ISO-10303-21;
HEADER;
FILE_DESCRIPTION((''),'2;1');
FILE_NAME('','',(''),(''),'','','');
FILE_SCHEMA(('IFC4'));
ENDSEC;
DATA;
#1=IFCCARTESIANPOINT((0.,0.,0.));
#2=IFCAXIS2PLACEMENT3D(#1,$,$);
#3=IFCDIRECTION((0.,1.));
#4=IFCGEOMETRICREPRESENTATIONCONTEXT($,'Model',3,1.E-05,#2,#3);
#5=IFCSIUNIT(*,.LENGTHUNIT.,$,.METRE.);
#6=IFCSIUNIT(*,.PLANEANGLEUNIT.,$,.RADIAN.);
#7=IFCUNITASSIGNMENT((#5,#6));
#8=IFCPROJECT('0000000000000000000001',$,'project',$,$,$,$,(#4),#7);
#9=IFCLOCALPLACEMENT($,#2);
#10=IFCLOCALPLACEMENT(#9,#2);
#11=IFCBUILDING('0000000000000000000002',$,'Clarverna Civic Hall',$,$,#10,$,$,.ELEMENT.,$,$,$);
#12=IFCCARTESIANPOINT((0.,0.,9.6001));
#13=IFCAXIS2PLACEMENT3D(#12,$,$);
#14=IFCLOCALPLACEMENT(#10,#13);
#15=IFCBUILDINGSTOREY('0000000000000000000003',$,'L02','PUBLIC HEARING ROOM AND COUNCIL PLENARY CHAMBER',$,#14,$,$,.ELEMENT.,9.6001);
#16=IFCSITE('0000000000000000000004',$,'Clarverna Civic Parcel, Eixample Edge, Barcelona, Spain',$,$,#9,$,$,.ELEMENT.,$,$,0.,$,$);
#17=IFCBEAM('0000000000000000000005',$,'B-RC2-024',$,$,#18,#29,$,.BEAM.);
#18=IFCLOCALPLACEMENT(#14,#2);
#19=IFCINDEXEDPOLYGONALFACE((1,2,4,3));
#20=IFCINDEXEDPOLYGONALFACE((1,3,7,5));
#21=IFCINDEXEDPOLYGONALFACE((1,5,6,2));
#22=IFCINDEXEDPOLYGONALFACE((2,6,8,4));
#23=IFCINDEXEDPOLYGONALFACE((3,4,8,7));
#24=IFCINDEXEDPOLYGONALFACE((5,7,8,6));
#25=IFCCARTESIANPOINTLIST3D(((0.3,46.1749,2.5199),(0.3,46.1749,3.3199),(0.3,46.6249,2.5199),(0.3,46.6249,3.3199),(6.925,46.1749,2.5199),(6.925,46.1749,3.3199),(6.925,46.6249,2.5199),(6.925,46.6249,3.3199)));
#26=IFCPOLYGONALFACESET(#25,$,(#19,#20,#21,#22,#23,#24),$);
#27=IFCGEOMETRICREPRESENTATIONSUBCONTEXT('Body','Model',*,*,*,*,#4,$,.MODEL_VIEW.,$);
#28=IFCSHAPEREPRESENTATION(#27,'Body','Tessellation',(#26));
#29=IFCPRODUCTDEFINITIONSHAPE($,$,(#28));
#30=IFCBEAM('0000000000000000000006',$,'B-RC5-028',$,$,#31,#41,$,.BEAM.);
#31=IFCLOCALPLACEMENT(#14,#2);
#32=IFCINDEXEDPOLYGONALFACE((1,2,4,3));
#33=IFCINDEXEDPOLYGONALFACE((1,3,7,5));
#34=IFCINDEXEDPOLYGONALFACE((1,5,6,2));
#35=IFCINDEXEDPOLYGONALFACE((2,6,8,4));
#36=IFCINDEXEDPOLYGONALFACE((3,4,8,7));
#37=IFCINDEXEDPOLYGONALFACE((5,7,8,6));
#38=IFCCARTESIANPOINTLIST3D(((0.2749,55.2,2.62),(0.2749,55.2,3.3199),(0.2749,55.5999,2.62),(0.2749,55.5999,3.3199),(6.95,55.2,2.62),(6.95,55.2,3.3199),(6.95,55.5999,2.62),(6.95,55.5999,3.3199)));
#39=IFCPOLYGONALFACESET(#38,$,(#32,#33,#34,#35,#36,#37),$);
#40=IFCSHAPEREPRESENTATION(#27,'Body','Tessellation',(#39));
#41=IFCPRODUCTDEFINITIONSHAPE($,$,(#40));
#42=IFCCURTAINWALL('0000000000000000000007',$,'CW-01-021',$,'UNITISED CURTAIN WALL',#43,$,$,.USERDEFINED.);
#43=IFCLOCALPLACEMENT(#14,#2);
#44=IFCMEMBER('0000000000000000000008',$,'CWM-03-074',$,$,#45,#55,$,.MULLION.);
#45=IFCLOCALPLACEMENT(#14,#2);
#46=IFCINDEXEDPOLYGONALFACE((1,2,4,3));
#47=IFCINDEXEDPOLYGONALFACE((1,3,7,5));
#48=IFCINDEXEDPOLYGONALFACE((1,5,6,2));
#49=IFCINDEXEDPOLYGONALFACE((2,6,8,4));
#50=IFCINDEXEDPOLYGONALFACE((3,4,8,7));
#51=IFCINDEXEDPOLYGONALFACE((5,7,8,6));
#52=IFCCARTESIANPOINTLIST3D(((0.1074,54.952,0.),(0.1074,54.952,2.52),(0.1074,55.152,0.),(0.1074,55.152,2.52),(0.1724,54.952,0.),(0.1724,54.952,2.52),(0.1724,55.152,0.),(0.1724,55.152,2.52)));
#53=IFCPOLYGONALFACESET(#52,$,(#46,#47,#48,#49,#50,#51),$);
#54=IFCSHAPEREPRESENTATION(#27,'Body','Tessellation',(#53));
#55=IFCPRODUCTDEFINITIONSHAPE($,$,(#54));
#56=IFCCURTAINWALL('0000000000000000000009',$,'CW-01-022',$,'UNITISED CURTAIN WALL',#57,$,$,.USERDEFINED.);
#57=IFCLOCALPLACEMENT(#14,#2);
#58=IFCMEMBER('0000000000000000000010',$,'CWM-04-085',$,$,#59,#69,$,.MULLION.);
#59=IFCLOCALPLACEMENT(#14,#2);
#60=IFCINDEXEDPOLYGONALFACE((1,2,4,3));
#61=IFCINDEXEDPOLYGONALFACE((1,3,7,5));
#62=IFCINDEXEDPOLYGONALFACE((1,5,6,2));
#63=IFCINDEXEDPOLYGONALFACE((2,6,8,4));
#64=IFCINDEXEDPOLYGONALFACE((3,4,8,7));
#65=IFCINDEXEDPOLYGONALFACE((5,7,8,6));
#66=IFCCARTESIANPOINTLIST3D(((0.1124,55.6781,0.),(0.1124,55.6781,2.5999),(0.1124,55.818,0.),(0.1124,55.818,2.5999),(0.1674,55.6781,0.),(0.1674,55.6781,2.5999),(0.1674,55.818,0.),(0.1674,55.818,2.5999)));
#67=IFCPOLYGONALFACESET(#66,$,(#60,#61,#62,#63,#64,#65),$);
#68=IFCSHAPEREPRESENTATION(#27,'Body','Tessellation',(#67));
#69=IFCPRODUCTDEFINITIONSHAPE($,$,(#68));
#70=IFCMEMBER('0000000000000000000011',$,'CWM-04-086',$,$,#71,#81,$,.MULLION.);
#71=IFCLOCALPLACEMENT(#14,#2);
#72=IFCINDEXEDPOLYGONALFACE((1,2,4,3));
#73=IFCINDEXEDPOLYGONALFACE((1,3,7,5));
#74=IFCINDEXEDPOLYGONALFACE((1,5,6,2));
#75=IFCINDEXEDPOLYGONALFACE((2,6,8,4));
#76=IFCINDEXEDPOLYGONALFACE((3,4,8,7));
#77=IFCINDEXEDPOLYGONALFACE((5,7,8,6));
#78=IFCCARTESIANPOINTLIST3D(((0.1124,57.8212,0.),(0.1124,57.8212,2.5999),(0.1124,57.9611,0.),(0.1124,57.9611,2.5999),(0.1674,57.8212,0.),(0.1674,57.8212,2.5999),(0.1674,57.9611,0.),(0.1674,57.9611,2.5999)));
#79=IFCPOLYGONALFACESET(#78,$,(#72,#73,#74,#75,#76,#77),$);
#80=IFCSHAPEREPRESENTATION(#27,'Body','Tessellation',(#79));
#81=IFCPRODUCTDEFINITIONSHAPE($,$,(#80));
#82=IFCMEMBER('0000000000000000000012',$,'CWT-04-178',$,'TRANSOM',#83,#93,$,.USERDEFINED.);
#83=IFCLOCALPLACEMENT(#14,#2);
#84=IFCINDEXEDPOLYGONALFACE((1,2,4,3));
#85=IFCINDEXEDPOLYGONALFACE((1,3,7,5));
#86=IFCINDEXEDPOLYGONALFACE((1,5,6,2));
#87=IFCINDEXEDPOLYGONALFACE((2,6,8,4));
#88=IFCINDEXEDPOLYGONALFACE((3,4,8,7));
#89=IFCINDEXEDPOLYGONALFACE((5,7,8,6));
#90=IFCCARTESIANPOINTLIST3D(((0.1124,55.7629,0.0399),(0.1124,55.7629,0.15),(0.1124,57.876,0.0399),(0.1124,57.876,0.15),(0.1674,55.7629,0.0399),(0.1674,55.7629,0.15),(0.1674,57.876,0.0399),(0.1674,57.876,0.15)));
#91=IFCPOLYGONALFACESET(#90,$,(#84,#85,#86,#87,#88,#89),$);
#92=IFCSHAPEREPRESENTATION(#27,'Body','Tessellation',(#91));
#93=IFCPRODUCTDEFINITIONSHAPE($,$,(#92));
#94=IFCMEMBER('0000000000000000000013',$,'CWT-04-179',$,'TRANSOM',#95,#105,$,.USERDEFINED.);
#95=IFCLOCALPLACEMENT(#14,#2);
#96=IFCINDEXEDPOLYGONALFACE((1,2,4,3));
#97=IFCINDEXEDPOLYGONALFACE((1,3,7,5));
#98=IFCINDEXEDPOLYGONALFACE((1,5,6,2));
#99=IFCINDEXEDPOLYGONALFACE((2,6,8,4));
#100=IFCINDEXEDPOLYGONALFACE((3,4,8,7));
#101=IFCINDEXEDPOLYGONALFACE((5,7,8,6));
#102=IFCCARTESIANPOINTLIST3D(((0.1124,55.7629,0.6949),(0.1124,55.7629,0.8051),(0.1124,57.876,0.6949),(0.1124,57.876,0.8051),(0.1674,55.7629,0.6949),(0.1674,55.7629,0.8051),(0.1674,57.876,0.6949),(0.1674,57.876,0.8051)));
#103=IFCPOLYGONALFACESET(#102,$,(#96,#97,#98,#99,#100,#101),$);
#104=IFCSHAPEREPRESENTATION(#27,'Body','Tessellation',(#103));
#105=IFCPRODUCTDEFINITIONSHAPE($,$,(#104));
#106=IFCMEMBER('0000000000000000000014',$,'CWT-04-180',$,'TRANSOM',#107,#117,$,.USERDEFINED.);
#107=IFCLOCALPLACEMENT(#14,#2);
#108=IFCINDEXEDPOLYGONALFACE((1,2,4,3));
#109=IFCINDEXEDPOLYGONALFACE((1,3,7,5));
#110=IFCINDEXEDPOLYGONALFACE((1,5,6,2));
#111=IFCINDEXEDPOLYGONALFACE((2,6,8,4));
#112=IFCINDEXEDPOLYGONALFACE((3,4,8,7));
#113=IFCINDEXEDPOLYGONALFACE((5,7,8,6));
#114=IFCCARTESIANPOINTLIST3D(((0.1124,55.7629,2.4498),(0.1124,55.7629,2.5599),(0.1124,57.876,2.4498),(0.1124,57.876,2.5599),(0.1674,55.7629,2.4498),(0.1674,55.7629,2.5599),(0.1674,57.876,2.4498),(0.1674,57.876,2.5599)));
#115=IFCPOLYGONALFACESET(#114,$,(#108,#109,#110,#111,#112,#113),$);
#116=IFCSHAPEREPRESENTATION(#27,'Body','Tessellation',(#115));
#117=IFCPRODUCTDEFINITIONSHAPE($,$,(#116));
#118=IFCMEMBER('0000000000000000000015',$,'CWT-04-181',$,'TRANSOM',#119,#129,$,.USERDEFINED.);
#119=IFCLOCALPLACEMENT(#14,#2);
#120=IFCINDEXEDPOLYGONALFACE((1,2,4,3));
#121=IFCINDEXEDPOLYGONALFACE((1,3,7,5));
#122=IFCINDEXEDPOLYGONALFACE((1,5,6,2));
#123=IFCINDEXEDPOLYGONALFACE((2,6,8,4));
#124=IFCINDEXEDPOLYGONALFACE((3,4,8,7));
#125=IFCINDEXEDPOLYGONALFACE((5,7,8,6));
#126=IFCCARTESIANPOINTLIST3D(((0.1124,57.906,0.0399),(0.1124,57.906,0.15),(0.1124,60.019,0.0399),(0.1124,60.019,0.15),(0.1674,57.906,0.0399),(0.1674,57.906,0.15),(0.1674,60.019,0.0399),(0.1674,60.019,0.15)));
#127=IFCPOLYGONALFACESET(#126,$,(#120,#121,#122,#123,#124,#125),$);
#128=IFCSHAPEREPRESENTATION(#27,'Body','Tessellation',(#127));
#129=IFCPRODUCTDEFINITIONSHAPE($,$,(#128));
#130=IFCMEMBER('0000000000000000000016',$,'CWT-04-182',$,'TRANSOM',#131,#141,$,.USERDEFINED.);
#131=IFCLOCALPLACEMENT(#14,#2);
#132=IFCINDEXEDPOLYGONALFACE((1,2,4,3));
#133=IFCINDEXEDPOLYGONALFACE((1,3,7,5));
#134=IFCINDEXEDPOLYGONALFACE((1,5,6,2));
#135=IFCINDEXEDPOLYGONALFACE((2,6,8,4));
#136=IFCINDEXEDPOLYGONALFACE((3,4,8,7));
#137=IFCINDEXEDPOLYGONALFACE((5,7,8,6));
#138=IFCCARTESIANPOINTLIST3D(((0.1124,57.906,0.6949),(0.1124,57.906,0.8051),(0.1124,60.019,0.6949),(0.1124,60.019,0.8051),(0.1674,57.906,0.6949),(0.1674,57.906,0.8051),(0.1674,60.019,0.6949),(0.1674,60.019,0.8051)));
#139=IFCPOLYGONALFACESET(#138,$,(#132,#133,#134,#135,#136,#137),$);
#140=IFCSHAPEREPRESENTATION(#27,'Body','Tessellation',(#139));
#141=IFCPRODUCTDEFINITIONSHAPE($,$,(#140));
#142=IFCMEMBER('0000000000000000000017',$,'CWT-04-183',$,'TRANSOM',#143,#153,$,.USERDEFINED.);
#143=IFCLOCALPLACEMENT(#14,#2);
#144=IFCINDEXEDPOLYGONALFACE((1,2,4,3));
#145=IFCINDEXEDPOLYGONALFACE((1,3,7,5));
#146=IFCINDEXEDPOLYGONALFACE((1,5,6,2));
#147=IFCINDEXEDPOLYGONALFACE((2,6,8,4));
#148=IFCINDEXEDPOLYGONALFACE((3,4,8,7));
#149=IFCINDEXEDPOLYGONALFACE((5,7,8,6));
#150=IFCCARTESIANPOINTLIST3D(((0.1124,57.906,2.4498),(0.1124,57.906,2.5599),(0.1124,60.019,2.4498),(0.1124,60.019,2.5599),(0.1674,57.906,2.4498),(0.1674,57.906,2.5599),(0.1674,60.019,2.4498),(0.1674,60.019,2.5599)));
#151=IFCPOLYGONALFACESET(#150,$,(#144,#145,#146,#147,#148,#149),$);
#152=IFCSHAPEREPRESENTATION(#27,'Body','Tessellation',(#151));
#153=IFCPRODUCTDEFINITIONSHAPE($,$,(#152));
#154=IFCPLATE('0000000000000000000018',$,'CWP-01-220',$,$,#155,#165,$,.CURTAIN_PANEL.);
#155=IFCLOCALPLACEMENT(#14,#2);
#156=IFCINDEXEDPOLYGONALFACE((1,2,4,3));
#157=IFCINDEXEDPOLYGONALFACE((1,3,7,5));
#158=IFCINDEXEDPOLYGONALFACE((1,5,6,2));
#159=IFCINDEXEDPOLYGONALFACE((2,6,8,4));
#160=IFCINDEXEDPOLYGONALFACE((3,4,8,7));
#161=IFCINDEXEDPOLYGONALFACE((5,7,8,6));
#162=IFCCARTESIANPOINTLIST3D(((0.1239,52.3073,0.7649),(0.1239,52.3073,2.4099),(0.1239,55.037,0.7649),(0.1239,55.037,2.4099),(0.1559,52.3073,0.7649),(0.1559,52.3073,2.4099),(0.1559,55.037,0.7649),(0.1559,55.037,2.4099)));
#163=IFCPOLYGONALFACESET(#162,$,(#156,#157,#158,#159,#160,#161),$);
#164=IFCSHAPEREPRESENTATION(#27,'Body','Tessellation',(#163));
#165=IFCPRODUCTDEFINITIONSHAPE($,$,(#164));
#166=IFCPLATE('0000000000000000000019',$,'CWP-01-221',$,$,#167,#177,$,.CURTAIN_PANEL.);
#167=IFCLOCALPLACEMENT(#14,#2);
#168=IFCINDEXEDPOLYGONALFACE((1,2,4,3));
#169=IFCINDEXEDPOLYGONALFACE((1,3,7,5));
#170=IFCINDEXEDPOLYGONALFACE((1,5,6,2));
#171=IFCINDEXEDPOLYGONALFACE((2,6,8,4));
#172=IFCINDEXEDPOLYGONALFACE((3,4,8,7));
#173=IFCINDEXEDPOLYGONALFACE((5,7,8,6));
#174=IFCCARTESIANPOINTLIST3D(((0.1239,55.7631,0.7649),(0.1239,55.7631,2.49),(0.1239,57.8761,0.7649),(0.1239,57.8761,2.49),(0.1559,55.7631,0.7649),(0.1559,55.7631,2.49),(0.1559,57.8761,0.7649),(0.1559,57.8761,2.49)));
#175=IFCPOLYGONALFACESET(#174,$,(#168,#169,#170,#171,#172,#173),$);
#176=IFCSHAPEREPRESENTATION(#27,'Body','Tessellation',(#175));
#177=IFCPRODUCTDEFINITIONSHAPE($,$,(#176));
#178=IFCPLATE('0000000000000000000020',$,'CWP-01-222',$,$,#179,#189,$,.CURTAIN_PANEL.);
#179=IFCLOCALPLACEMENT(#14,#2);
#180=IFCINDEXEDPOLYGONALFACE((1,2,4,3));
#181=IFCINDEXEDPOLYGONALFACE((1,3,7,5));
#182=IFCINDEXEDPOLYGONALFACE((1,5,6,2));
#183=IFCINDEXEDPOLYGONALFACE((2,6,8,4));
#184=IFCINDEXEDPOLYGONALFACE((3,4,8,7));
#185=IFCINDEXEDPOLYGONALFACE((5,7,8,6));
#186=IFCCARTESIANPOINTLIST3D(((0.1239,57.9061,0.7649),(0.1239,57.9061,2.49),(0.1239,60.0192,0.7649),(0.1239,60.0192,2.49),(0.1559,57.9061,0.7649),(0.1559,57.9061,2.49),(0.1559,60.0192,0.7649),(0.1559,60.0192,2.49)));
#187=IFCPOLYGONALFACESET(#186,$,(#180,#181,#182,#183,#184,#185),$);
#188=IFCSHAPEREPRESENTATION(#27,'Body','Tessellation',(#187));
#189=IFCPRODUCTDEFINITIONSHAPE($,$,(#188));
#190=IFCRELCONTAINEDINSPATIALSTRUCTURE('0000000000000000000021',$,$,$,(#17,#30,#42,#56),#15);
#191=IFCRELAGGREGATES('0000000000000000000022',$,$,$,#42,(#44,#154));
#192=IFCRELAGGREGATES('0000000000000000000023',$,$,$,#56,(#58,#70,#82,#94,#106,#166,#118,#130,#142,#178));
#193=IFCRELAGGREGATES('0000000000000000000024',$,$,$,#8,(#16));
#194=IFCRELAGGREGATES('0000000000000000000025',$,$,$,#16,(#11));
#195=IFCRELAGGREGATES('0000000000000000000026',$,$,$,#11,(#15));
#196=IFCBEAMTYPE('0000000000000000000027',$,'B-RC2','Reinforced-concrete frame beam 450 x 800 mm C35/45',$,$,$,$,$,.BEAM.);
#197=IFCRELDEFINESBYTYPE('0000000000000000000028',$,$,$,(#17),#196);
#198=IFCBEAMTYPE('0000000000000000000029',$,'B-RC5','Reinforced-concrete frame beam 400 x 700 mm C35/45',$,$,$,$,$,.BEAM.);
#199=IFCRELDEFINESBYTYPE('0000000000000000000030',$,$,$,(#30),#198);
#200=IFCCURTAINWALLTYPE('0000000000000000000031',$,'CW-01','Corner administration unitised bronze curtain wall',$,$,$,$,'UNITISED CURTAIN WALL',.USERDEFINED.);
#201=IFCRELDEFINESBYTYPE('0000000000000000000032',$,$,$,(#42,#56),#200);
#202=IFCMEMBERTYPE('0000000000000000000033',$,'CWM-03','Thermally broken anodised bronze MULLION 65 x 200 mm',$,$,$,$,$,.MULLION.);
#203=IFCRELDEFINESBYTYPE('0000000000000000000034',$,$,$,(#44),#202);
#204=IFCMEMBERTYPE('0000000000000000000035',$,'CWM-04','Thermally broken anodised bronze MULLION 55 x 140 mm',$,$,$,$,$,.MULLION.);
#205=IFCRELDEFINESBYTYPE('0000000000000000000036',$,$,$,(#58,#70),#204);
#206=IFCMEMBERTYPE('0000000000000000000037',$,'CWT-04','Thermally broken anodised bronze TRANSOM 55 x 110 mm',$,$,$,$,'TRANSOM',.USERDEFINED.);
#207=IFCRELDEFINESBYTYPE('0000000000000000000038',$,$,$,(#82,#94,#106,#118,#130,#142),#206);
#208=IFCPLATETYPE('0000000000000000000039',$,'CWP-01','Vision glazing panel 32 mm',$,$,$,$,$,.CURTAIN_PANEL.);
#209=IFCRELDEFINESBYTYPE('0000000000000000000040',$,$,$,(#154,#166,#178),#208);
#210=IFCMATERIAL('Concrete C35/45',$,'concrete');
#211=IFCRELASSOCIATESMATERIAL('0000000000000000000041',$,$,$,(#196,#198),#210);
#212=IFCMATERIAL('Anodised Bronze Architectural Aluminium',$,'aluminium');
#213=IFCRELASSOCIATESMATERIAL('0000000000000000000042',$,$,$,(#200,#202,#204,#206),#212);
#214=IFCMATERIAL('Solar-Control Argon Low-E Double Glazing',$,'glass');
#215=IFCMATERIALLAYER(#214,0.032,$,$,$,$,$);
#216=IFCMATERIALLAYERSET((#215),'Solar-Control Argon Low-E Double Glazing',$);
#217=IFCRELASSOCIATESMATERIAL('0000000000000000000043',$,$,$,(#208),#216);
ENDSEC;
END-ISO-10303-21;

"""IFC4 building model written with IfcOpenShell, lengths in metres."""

from ifc_helpers import new_model, si_unit, direction, frame, frame_2d, origin, origin_2d, place, context, subcontext, project, spatial, rectangle, extrude, material, layer, layer_set, material_profile, profile_set, type_object, element, aggregate, save


model = new_model("IFC4")

# Units and contexts
model_context = context("Model", 3, precision=1e-05, world=origin(), true_north=direction((0.0, 1.0)))
body_context = subcontext(model_context, "Body", "Model", "MODEL_VIEW")
ifc_project = project(units=[si_unit("LENGTHUNIT", "METRE"), si_unit("PLANEANGLEUNIT", "RADIAN")], contexts=[model_context])

# Site, building, storey
site_placement = place(None, origin())
site = spatial("IfcSite", under=ifc_project, at=site_placement, Name="Clarverna Civic Parcel, Eixample Edge, Barcelona, Spain", CompositionType="ELEMENT", RefElevation=0.0)
building_placement = place(site_placement, origin())
building = spatial("IfcBuilding", under=site, at=building_placement, Name="Clarverna Civic Hall", CompositionType="ELEMENT")
storey_placement = place(building_placement, frame((0.0, 0.0, 9.6001)))
storey = spatial("IfcBuildingStorey", under=building, at=storey_placement, Name="L02", Description="PUBLIC HEARING ROOM AND COUNCIL PLENARY CHAMBER", CompositionType="ELEMENT", Elevation=9.6001)

# Beams
ifc_material_1 = material(Name="Concrete C35/45", Category="concrete")
ifc_material_profile_1 = material_profile(ifc_material_1, rectangle(XDim=0.45, YDim=0.8, at=origin_2d()), Name="RC 450x800")
ifc_profile_set_1 = profile_set([ifc_material_profile_1], Name="Concrete C35/45")
beam_type_1 = type_object("IfcBeamType", Name="B-RC2", Description="Reinforced-concrete frame beam 450 x 800 mm C35/45", PredefinedType="BEAM", material=ifc_profile_set_1)
beam_1_placement = place(storey_placement, frame((0.3, 46.3999, 2.9199), z_axis=(1.0, 0.0, 0.0), x_axis=(0.0, 1.0, 0.0)))
element("IfcBeam", 1, at=beam_1_placement, inside=storey, type_object=beam_type_1, Name="B-RC2-024", PredefinedType="BEAM", context=body_context, shape_type="SweptSolid", body=[
    extrude(rectangle(XDim=0.45, YDim=0.8, at=origin_2d()), origin(), (0.0, 0.0, 1.0), 6.625),
])
ifc_material_profile_2 = material_profile(ifc_material_1, rectangle(XDim=0.3999, YDim=0.7, at=origin_2d()), Name="RC 400x700")
ifc_profile_set_2 = profile_set([ifc_material_profile_2], Name="Concrete C35/45")
beam_type_2 = type_object("IfcBeamType", Name="B-RC5", Description="Reinforced-concrete frame beam 400 x 700 mm C35/45", PredefinedType="BEAM", material=ifc_profile_set_2)
beam_2_placement = place(storey_placement, frame((0.2749, 55.3999, 2.97), z_axis=(1.0, 0.0, 0.0), x_axis=(0.0, 1.0, 0.0)))
element("IfcBeam", 2, at=beam_2_placement, inside=storey, type_object=beam_type_2, Name="B-RC5-028", PredefinedType="BEAM", context=body_context, shape_type="SweptSolid", body=[
    extrude(rectangle(XDim=0.3999, YDim=0.7, at=origin_2d()), origin(), (0.0, 0.0, 1.0), 6.675),
])

# Curtain wall, member
ifc_material_2 = material(Name="Anodised Bronze Architectural Aluminium", Category="aluminium")
curtain_wall_type = type_object("IfcCurtainWallType", Name="CW-01", Description="Corner administration unitised bronze curtain wall", ElementType="UNITISED CURTAIN WALL", PredefinedType="USERDEFINED", material=ifc_material_2)
curtain_wall_1_placement = place(storey_placement, origin())
curtain_wall_1 = element("IfcCurtainWall", 3, at=curtain_wall_1_placement, inside=storey, type_object=curtain_wall_type, Name="CW-01-021", ObjectType="UNITISED CURTAIN WALL", PredefinedType="USERDEFINED")
ifc_material_profile_3 = material_profile(ifc_material_2, rectangle(XDim=0.0649, YDim=0.2, at=origin_2d()), Name="BRONZE 65x200")
ifc_profile_set_3 = profile_set([ifc_material_profile_3], Name="Anodised Bronze Architectural Aluminium")
member_type_1 = type_object("IfcMemberType", Name="CWM-03", Description="Thermally broken anodised bronze MULLION 65 x 200 mm", PredefinedType="MULLION", material=ifc_profile_set_3)
member_1_placement = place(storey_placement, frame((0.1399, 55.052, 0.0), z_axis=(0.0, 0.0, 1.0), x_axis=(1.0, 0.0, 0.0)))
member_1 = element("IfcMember", 4, at=member_1_placement, type_object=member_type_1, Name="CWM-03-074", PredefinedType="MULLION", context=body_context, shape_type="SweptSolid", body=[
    extrude(rectangle(XDim=0.0649, YDim=0.2, at=origin_2d()), origin(), (0.0, 0.0, 1.0), 2.52),
])

# Curtain wall, members
curtain_wall_2_placement = place(storey_placement, origin())
curtain_wall_2 = element("IfcCurtainWall", 5, at=curtain_wall_2_placement, inside=storey, type_object=curtain_wall_type, Name="CW-01-022", ObjectType="UNITISED CURTAIN WALL", PredefinedType="USERDEFINED")
ifc_material_profile_4 = material_profile(ifc_material_2, rectangle(XDim=0.0549, YDim=0.1399, at=origin_2d()), Name="BRONZE 55x140")
ifc_profile_set_4 = profile_set([ifc_material_profile_4], Name="Anodised Bronze Architectural Aluminium")
member_type_2 = type_object("IfcMemberType", Name="CWM-04", Description="Thermally broken anodised bronze MULLION 55 x 140 mm", PredefinedType="MULLION", material=ifc_profile_set_4)
member_2_placement = place(storey_placement, frame((0.1399, 55.748, 0.0), z_axis=(0.0, 0.0, 1.0), x_axis=(1.0, 0.0, 0.0)))
member_2 = element("IfcMember", 6, at=member_2_placement, type_object=member_type_2, Name="CWM-04-085", PredefinedType="MULLION", context=body_context, shape_type="SweptSolid", body=[
    extrude(rectangle(XDim=0.0549, YDim=0.1399, at=origin_2d()), origin(), (0.0, 0.0, 1.0), 2.5999),
])
member_3_placement = place(storey_placement, frame((0.1399, 57.8911, 0.0), z_axis=(0.0, 0.0, 1.0), x_axis=(1.0, 0.0, 0.0)))
member_3 = element("IfcMember", 7, at=member_3_placement, type_object=member_type_2, Name="CWM-04-086", PredefinedType="MULLION", context=body_context, shape_type="SweptSolid", body=[
    extrude(rectangle(XDim=0.0549, YDim=0.1399, at=origin_2d()), origin(), (0.0, 0.0, 1.0), 2.5999),
])
ifc_material_profile_5 = material_profile(ifc_material_2, rectangle(XDim=0.0549, YDim=0.1101, at=origin_2d()), Name="BRONZE 55x110")
ifc_profile_set_5 = profile_set([ifc_material_profile_5], Name="Anodised Bronze Architectural Aluminium")
member_type_3 = type_object("IfcMemberType", Name="CWT-04", Description="Thermally broken anodised bronze TRANSOM 55 x 110 mm", ElementType="TRANSOM", PredefinedType="USERDEFINED", material=ifc_profile_set_5)
member_4_placement = place(storey_placement, frame((0.1399, 55.7629, 0.095), z_axis=(0.0, 1.0, 0.0), x_axis=(-1.0, 0.0, 0.0)))
member_4 = element("IfcMember", 8, at=member_4_placement, type_object=member_type_3, Name="CWT-04-178", ObjectType="TRANSOM", PredefinedType="USERDEFINED", context=body_context, shape_type="SweptSolid", body=[
    extrude(rectangle(XDim=0.0549, YDim=0.1101, at=origin_2d()), origin(), (0.0, 0.0, 1.0), 2.113),
])
member_5_placement = place(storey_placement, frame((0.1399, 55.7629, 0.75), z_axis=(0.0, 1.0, 0.0), x_axis=(-1.0, 0.0, 0.0)))
member_5 = element("IfcMember", 9, at=member_5_placement, type_object=member_type_3, Name="CWT-04-179", ObjectType="TRANSOM", PredefinedType="USERDEFINED", context=body_context, shape_type="SweptSolid", body=[
    extrude(rectangle(XDim=0.0549, YDim=0.1101, at=origin_2d()), origin(), (0.0, 0.0, 1.0), 2.113),
])
member_6_placement = place(storey_placement, frame((0.1399, 55.7629, 2.5049), z_axis=(0.0, 1.0, 0.0), x_axis=(-1.0, 0.0, 0.0)))
member_6 = element("IfcMember", 10, at=member_6_placement, type_object=member_type_3, Name="CWT-04-180", ObjectType="TRANSOM", PredefinedType="USERDEFINED", context=body_context, shape_type="SweptSolid", body=[
    extrude(rectangle(XDim=0.0549, YDim=0.1101, at=origin_2d()), origin(), (0.0, 0.0, 1.0), 2.113),
])
member_7_placement = place(storey_placement, frame((0.1399, 57.906, 0.095), z_axis=(0.0, 1.0, 0.0), x_axis=(-1.0, 0.0, 0.0)))
member_7 = element("IfcMember", 11, at=member_7_placement, type_object=member_type_3, Name="CWT-04-181", ObjectType="TRANSOM", PredefinedType="USERDEFINED", context=body_context, shape_type="SweptSolid", body=[
    extrude(rectangle(XDim=0.0549, YDim=0.1101, at=origin_2d()), origin(), (0.0, 0.0, 1.0), 2.113),
])
member_8_placement = place(storey_placement, frame((0.1399, 57.906, 0.75), z_axis=(0.0, 1.0, 0.0), x_axis=(-1.0, 0.0, 0.0)))
member_8 = element("IfcMember", 12, at=member_8_placement, type_object=member_type_3, Name="CWT-04-182", ObjectType="TRANSOM", PredefinedType="USERDEFINED", context=body_context, shape_type="SweptSolid", body=[
    extrude(rectangle(XDim=0.0549, YDim=0.1101, at=origin_2d()), origin(), (0.0, 0.0, 1.0), 2.113),
])
member_9_placement = place(storey_placement, frame((0.1399, 57.906, 2.5049), z_axis=(0.0, 1.0, 0.0), x_axis=(-1.0, 0.0, 0.0)))
member_9 = element("IfcMember", 13, at=member_9_placement, type_object=member_type_3, Name="CWT-04-183", ObjectType="TRANSOM", PredefinedType="USERDEFINED", context=body_context, shape_type="SweptSolid", body=[
    extrude(rectangle(XDim=0.0549, YDim=0.1101, at=origin_2d()), origin(), (0.0, 0.0, 1.0), 2.113),
])

# Plates
ifc_material_3 = material(Name="Solar-Control Argon Low-E Double Glazing", Category="glass")
ifc_layer_1 = layer(ifc_material_3, 0.032)
ifc_layer_set_1 = layer_set([ifc_layer_1], Name="Solar-Control Argon Low-E Double Glazing")
plate_type_1 = type_object("IfcPlateType", Name="CWP-01", Description="Vision glazing panel 32 mm", PredefinedType="CURTAIN_PANEL", material=ifc_layer_set_1)
plate_1_placement = place(storey_placement, frame((0.1399, 52.3074, 0.7649), z_axis=(0.0, 0.0, 1.0), x_axis=(0.0, 1.0, 0.0)))
plate_1 = element("IfcPlate", 14, at=plate_1_placement, type_object=plate_type_1, Name="CWP-01-220", PredefinedType="CURTAIN_PANEL", context=body_context, shape_type="SweptSolid", body=[
    extrude(rectangle(XDim=2.7297, YDim=0.032, at=frame_2d((1.3647, 0.0))), origin(), (0.0, 0.0, 1.0), 1.645),
])
plate_2_placement = place(storey_placement, frame((0.1399, 55.7629, 0.7649), z_axis=(0.0, 0.0, 1.0), x_axis=(0.0, 1.0, 0.0)))
plate_2 = element("IfcPlate", 15, at=plate_2_placement, type_object=plate_type_1, Name="CWP-01-221", PredefinedType="CURTAIN_PANEL", context=body_context, shape_type="SweptSolid", body=[
    extrude(rectangle(XDim=2.113, YDim=0.032, at=frame_2d((1.0566, 0.0))), origin(), (0.0, 0.0, 1.0), 1.7251),
])
plate_3_placement = place(storey_placement, frame((0.1399, 57.906, 0.7649), z_axis=(0.0, 0.0, 1.0), x_axis=(0.0, 1.0, 0.0)))
plate_3 = element("IfcPlate", 16, at=plate_3_placement, type_object=plate_type_1, Name="CWP-01-222", PredefinedType="CURTAIN_PANEL", context=body_context, shape_type="SweptSolid", body=[
    extrude(rectangle(XDim=2.113, YDim=0.032, at=frame_2d((1.0566, 0.0))), origin(), (0.0, 0.0, 1.0), 1.7251),
])
aggregate(curtain_wall_1, [member_1, plate_1])
aggregate(curtain_wall_2, [member_2, member_3, member_4, member_5, member_6, plate_2, member_7, member_8, member_9, plate_3])

save(model, "model.ifc")
